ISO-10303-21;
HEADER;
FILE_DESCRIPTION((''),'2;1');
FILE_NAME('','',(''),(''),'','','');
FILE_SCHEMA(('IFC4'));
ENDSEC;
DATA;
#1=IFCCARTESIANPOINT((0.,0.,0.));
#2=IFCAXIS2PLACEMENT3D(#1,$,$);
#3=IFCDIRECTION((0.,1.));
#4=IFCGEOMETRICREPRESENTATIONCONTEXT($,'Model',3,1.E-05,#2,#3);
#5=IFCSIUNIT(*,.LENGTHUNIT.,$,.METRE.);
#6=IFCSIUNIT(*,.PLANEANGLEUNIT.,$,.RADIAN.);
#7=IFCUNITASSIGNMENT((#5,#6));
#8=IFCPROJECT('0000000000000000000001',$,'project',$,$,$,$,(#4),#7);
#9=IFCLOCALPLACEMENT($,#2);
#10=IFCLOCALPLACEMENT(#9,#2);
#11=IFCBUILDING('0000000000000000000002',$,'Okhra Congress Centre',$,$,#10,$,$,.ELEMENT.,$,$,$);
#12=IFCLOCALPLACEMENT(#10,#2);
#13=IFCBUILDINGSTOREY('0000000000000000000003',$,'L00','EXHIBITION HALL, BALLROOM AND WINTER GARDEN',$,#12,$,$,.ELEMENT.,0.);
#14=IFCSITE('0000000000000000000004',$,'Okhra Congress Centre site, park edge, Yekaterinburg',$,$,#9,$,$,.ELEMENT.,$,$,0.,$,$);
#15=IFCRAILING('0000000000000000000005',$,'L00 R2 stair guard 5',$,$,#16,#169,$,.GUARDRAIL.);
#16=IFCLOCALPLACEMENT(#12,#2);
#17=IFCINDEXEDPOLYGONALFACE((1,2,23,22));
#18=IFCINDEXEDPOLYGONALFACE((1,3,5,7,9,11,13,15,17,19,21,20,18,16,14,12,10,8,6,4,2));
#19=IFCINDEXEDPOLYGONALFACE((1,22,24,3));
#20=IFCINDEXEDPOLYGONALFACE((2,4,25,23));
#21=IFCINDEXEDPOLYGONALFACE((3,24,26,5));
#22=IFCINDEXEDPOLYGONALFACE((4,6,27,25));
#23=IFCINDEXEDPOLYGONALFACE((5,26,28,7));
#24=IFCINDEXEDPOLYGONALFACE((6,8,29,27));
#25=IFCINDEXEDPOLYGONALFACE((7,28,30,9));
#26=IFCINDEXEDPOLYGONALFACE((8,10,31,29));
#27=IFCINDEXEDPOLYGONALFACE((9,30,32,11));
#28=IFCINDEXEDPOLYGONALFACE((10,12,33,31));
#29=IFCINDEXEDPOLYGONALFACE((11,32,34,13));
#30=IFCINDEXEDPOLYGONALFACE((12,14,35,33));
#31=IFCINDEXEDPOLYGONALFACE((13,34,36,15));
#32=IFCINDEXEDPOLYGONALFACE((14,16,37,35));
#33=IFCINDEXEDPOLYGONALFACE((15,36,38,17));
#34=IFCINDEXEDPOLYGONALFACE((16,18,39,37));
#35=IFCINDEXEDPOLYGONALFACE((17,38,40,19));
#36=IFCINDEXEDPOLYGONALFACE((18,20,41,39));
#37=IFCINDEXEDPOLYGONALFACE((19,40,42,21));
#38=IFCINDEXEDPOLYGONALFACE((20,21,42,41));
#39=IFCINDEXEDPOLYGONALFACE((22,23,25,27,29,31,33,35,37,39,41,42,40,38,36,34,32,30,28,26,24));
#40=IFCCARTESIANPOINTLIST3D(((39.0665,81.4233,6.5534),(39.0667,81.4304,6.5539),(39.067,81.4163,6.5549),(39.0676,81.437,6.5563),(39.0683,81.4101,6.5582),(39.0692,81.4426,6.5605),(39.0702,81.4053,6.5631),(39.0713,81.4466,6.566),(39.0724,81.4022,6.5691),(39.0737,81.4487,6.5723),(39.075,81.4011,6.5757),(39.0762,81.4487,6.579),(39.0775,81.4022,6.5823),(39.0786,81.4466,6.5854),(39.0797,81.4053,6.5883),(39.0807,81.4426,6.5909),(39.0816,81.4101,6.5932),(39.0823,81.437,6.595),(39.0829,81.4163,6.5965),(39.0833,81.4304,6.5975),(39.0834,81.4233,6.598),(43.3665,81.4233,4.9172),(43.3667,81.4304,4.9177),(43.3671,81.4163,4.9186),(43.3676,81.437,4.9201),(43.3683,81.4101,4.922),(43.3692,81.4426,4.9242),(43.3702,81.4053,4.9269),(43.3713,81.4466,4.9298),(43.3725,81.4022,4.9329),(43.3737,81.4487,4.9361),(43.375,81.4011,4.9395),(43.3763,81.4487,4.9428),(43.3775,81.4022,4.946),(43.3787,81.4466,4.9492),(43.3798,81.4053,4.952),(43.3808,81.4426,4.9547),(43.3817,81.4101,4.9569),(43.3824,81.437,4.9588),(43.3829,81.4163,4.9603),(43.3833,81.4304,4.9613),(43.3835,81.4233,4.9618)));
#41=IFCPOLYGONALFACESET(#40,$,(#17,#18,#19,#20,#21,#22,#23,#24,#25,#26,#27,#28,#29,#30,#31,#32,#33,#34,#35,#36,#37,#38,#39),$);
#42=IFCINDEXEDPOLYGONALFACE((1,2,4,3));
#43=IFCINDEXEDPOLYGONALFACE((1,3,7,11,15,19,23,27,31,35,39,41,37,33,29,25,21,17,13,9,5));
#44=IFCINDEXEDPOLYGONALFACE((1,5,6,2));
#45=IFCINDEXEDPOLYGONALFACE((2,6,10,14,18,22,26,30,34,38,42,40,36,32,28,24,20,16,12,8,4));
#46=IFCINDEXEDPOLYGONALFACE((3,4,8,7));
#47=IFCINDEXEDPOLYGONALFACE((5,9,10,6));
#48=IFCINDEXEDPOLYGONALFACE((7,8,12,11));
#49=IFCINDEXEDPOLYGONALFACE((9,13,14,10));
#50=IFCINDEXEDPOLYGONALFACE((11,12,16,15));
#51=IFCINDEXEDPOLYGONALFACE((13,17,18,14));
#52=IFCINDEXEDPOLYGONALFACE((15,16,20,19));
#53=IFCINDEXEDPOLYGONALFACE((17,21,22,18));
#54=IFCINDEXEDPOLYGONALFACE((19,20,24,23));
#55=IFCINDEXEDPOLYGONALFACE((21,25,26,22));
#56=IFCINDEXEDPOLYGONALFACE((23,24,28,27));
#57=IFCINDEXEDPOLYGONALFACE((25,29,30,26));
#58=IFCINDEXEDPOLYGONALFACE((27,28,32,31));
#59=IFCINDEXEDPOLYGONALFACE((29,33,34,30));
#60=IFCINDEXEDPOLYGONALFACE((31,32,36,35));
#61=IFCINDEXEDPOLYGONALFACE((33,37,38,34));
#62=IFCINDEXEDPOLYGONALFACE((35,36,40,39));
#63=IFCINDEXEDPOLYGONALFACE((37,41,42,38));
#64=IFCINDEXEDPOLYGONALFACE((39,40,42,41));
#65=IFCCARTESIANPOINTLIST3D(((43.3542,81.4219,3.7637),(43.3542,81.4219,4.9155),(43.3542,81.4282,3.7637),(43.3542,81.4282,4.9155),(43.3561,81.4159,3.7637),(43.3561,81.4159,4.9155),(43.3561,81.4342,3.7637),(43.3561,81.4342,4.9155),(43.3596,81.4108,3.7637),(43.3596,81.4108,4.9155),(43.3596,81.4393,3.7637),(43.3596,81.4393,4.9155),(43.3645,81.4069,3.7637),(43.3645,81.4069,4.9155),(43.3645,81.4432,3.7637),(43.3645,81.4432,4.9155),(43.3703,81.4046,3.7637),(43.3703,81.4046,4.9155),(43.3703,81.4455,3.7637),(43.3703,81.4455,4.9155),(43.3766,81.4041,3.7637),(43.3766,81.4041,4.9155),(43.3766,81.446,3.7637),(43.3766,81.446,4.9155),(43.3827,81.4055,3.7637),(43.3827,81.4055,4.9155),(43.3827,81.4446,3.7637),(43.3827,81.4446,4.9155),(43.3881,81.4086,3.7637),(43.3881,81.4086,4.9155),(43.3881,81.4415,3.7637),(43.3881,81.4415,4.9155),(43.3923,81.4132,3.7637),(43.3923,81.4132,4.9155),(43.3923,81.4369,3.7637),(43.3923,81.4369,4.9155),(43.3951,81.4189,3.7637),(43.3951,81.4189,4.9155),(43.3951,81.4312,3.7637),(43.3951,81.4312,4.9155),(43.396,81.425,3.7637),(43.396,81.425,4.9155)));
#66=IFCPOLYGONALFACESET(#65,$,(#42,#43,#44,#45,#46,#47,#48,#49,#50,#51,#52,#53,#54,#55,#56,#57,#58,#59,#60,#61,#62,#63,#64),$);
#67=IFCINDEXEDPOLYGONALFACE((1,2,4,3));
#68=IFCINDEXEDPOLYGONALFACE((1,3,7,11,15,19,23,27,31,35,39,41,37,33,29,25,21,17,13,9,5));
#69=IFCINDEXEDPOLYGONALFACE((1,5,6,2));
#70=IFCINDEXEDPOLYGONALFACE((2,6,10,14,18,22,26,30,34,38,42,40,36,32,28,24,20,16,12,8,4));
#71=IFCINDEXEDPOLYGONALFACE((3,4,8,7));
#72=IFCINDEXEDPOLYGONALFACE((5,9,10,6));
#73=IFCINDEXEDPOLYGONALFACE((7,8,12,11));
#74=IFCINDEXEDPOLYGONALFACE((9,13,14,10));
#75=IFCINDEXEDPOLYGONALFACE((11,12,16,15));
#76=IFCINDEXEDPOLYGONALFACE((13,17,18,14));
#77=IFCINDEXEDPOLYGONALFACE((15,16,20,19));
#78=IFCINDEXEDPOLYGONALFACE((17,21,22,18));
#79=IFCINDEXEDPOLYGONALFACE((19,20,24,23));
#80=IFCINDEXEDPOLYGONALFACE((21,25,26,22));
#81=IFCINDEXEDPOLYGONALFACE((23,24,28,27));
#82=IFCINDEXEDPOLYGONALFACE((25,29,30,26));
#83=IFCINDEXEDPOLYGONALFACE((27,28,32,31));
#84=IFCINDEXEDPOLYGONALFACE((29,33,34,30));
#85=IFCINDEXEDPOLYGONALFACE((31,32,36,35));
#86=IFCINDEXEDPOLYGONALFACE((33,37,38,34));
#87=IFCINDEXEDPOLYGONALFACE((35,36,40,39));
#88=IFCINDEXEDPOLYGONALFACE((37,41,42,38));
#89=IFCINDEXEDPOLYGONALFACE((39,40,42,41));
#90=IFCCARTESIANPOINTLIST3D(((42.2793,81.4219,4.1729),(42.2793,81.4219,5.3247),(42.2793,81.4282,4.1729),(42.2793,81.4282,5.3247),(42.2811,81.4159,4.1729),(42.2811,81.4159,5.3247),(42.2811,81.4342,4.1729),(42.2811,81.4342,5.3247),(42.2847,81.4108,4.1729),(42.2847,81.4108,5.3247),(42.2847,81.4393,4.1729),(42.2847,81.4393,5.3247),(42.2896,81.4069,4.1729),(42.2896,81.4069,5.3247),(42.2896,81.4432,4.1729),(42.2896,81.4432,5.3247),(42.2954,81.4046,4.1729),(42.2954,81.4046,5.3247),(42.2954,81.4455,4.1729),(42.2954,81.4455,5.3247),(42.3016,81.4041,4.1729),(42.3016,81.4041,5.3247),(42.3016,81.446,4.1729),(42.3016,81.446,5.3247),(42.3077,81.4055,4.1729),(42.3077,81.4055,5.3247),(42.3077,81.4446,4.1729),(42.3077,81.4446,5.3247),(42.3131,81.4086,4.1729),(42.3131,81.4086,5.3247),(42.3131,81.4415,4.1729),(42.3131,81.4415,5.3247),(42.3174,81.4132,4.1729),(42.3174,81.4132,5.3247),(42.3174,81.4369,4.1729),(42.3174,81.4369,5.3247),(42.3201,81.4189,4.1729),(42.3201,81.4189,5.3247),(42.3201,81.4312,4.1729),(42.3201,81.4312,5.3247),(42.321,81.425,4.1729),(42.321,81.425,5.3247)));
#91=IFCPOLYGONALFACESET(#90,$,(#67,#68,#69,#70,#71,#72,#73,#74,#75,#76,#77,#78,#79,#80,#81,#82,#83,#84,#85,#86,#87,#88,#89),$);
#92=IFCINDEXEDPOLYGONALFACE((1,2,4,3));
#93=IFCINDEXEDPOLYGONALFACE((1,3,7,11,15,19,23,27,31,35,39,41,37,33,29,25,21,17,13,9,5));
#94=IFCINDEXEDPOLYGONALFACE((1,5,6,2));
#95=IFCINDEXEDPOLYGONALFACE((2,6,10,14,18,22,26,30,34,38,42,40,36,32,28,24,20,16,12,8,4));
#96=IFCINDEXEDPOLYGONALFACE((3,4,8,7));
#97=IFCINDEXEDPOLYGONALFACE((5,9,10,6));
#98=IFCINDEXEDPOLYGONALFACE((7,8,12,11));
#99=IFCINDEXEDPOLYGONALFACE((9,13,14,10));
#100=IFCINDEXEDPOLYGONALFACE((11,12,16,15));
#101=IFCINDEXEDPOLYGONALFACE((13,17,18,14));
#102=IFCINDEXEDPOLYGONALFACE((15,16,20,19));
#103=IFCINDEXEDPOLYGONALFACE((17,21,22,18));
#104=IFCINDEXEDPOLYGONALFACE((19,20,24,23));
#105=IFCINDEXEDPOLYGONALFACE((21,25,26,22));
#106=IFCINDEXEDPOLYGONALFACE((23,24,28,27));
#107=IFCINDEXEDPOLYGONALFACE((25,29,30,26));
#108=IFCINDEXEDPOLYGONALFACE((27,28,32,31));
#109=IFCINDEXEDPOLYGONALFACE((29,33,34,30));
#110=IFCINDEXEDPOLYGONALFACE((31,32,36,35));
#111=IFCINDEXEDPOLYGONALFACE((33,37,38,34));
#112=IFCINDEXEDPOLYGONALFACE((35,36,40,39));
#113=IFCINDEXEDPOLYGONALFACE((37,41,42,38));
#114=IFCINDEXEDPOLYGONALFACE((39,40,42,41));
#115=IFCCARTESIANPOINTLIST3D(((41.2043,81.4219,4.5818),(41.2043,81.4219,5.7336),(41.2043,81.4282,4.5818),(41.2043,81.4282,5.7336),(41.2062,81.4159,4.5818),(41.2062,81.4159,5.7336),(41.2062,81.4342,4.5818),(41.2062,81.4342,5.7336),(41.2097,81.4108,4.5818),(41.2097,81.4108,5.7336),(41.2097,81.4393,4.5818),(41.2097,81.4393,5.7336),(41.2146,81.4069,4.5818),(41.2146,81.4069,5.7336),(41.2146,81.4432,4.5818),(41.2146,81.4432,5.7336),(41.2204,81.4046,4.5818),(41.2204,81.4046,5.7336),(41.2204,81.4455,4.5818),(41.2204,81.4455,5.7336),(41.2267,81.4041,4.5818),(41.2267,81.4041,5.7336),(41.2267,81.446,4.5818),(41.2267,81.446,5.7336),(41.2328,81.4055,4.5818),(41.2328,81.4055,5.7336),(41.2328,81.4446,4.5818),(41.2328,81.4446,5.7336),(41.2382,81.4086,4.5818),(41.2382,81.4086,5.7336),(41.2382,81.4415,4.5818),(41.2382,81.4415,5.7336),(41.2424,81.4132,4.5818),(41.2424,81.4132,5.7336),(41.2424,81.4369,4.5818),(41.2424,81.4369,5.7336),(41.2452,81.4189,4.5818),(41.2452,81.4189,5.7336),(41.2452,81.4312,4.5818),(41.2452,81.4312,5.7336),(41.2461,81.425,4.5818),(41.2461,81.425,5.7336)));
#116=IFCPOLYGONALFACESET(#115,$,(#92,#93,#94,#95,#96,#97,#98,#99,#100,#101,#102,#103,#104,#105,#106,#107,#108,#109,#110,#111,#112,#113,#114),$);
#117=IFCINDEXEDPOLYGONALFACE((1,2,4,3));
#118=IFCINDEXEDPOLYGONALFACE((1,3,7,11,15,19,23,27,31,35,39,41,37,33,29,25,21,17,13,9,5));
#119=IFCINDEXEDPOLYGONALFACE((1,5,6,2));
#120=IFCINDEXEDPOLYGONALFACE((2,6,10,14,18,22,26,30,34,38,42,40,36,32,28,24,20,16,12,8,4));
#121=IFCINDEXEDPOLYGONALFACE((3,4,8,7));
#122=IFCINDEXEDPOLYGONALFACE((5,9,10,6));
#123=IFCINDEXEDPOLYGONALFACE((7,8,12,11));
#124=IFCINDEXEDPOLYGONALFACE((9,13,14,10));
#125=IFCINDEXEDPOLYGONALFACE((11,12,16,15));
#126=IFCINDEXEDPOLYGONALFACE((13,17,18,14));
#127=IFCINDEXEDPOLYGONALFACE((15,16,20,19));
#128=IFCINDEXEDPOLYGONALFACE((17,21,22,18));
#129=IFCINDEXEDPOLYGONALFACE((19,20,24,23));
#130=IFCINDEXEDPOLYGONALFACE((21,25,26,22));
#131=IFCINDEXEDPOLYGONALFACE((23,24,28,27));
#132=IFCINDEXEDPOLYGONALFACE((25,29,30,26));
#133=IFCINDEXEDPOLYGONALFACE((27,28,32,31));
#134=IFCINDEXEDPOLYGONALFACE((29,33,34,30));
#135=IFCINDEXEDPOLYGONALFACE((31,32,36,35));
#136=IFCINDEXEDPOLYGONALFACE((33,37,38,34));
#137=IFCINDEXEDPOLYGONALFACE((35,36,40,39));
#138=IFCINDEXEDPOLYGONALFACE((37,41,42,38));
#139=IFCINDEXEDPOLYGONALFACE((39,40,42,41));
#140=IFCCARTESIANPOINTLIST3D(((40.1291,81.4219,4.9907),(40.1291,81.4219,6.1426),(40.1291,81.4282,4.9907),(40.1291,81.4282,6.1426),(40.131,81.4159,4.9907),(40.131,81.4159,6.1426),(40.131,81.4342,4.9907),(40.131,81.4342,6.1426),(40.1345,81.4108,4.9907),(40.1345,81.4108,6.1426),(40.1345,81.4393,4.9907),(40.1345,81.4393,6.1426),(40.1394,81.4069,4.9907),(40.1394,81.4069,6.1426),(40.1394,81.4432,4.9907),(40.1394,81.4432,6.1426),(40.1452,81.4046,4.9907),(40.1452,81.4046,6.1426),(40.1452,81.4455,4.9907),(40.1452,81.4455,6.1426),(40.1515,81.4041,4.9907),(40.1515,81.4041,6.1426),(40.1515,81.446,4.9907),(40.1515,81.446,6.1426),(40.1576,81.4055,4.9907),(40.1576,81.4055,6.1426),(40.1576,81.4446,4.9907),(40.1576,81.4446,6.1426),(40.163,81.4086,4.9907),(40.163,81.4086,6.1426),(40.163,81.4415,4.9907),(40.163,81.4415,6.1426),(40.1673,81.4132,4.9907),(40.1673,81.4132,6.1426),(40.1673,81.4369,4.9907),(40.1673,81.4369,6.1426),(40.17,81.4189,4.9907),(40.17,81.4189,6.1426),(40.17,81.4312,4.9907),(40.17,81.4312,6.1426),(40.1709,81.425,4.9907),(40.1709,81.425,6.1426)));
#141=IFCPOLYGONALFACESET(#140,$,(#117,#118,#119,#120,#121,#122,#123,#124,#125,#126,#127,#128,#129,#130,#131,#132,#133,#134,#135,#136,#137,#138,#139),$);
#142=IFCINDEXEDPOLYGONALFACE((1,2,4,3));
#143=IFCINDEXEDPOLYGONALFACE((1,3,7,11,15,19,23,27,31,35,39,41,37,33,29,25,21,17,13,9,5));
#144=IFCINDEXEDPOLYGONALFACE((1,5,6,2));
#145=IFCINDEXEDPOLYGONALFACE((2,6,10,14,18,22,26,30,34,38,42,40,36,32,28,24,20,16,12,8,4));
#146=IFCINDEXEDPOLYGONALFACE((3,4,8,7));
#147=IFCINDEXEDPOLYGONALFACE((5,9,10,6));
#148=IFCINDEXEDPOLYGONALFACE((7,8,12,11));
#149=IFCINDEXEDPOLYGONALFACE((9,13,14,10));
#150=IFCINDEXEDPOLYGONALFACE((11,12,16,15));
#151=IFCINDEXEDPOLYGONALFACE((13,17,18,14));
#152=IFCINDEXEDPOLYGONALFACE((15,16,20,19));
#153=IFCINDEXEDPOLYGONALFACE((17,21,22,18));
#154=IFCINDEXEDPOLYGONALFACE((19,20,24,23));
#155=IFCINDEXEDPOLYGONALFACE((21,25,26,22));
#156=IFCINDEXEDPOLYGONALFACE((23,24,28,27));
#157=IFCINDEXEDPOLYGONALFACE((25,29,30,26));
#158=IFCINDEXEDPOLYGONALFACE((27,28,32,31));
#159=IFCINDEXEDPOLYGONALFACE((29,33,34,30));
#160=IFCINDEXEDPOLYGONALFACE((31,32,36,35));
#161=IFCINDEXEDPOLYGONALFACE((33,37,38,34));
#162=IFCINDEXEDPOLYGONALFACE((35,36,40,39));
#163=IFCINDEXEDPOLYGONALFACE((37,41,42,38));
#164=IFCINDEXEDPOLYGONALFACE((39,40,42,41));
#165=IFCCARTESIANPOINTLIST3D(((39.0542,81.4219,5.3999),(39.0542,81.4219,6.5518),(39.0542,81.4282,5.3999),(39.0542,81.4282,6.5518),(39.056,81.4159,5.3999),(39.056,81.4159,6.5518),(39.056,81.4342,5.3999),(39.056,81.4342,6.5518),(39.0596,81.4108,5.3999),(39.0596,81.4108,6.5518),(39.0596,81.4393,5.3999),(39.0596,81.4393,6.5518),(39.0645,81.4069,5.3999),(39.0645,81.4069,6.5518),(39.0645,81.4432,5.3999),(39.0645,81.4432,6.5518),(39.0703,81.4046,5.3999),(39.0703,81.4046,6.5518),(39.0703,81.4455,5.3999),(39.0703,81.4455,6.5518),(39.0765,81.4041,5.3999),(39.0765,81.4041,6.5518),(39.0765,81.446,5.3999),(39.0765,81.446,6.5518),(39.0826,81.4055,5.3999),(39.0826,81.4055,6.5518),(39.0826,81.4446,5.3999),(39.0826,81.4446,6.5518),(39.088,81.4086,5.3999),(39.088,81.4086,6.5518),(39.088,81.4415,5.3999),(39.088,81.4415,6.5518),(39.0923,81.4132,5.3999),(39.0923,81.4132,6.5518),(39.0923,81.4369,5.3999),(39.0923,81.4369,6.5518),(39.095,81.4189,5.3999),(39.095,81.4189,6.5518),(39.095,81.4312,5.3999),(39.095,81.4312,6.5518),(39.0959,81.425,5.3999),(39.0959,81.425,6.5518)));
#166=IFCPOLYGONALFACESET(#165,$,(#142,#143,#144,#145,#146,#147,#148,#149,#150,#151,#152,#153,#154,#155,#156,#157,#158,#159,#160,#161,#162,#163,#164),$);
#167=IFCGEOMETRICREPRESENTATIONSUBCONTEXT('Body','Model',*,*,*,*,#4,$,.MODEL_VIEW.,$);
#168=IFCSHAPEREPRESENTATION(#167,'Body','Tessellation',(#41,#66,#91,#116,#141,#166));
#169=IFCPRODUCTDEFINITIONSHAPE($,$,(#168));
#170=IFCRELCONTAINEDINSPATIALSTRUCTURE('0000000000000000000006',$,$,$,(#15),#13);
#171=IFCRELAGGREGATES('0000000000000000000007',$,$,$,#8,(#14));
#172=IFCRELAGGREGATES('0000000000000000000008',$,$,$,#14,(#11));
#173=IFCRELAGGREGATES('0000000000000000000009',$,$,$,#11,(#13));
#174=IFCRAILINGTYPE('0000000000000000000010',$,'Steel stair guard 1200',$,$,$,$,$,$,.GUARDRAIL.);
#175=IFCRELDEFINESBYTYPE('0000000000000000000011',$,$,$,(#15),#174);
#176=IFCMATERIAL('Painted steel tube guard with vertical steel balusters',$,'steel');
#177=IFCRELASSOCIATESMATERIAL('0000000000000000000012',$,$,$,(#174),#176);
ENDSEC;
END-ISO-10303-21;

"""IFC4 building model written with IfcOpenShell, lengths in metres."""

from ifc_helpers import new_model, si_unit, direction, frame, origin, origin_2d, place, context, subcontext, project, spatial, circle, extrude, material, type_object, element, save


model = new_model("IFC4")

# Units and contexts
model_context = context("Model", 3, precision=1e-05, world=origin(), true_north=direction((0.0, 1.0)))
body_context = subcontext(model_context, "Body", "Model", "MODEL_VIEW")
ifc_project = project(units=[si_unit("LENGTHUNIT", "METRE"), si_unit("PLANEANGLEUNIT", "RADIAN")], contexts=[model_context])

# Site, building, storey
site_placement = place(None, origin())
site = spatial("IfcSite", under=ifc_project, at=site_placement, Name="Okhra Congress Centre site, park edge, Yekaterinburg", CompositionType="ELEMENT", RefElevation=0.0)
building_placement = place(site_placement, origin())
building = spatial("IfcBuilding", under=site, at=building_placement, Name="Okhra Congress Centre", CompositionType="ELEMENT")
storey_placement = place(building_placement, origin())
storey = spatial("IfcBuildingStorey", under=building, at=storey_placement, Name="L00", Description="EXHIBITION HALL, BALLROOM AND WINTER GARDEN", CompositionType="ELEMENT", Elevation=0.0)

# Railing
ifc_material_1 = material(Name="Painted steel tube guard with vertical steel balusters", Category="steel")
railing_type_1 = type_object("IfcRailingType", Name="Steel stair guard 1200", PredefinedType="GUARDRAIL", material=ifc_material_1)
railing_1_placement = place(storey_placement, frame((43.375, 81.425, 3.7637)))
element("IfcRailing", 1, at=railing_1_placement, inside=storey, type_object=railing_type_1, Name="L00 R2 stair guard 5", PredefinedType="GUARDRAIL", context=body_context, shape_type="SweptSolid", body=[
    extrude(circle(Radius=0.0239, at=origin_2d()), frame((0.0, 0.0, 1.1758), z_axis=(-0.934624, 0.0, 0.355638), x_axis=(0.0, -1.0, 0.0)), (0.0, 0.0, 1.0), 4.6008),
    extrude(circle(Radius=0.021, at=origin_2d()), origin(), (0.0, 0.0, 1.0), 1.1519),
    extrude(circle(Radius=0.021, at=origin_2d()), frame((-1.075, 0.0, 0.4092)), (0.0, 0.0, 1.0), 1.1519),
    extrude(circle(Radius=0.021, at=origin_2d()), frame((-2.1499, 0.0, 0.8181)), (0.0, 0.0, 1.0), 1.1519),
    extrude(circle(Radius=0.021, at=origin_2d()), frame((-3.2251, 0.0, 1.2271)), (0.0, 0.0, 1.0), 1.1519),
    extrude(circle(Radius=0.021, at=origin_2d()), frame((-4.3, 0.0, 1.6362)), (0.0, 0.0, 1.0), 1.1519),
])

save(model, "model.ifc")
